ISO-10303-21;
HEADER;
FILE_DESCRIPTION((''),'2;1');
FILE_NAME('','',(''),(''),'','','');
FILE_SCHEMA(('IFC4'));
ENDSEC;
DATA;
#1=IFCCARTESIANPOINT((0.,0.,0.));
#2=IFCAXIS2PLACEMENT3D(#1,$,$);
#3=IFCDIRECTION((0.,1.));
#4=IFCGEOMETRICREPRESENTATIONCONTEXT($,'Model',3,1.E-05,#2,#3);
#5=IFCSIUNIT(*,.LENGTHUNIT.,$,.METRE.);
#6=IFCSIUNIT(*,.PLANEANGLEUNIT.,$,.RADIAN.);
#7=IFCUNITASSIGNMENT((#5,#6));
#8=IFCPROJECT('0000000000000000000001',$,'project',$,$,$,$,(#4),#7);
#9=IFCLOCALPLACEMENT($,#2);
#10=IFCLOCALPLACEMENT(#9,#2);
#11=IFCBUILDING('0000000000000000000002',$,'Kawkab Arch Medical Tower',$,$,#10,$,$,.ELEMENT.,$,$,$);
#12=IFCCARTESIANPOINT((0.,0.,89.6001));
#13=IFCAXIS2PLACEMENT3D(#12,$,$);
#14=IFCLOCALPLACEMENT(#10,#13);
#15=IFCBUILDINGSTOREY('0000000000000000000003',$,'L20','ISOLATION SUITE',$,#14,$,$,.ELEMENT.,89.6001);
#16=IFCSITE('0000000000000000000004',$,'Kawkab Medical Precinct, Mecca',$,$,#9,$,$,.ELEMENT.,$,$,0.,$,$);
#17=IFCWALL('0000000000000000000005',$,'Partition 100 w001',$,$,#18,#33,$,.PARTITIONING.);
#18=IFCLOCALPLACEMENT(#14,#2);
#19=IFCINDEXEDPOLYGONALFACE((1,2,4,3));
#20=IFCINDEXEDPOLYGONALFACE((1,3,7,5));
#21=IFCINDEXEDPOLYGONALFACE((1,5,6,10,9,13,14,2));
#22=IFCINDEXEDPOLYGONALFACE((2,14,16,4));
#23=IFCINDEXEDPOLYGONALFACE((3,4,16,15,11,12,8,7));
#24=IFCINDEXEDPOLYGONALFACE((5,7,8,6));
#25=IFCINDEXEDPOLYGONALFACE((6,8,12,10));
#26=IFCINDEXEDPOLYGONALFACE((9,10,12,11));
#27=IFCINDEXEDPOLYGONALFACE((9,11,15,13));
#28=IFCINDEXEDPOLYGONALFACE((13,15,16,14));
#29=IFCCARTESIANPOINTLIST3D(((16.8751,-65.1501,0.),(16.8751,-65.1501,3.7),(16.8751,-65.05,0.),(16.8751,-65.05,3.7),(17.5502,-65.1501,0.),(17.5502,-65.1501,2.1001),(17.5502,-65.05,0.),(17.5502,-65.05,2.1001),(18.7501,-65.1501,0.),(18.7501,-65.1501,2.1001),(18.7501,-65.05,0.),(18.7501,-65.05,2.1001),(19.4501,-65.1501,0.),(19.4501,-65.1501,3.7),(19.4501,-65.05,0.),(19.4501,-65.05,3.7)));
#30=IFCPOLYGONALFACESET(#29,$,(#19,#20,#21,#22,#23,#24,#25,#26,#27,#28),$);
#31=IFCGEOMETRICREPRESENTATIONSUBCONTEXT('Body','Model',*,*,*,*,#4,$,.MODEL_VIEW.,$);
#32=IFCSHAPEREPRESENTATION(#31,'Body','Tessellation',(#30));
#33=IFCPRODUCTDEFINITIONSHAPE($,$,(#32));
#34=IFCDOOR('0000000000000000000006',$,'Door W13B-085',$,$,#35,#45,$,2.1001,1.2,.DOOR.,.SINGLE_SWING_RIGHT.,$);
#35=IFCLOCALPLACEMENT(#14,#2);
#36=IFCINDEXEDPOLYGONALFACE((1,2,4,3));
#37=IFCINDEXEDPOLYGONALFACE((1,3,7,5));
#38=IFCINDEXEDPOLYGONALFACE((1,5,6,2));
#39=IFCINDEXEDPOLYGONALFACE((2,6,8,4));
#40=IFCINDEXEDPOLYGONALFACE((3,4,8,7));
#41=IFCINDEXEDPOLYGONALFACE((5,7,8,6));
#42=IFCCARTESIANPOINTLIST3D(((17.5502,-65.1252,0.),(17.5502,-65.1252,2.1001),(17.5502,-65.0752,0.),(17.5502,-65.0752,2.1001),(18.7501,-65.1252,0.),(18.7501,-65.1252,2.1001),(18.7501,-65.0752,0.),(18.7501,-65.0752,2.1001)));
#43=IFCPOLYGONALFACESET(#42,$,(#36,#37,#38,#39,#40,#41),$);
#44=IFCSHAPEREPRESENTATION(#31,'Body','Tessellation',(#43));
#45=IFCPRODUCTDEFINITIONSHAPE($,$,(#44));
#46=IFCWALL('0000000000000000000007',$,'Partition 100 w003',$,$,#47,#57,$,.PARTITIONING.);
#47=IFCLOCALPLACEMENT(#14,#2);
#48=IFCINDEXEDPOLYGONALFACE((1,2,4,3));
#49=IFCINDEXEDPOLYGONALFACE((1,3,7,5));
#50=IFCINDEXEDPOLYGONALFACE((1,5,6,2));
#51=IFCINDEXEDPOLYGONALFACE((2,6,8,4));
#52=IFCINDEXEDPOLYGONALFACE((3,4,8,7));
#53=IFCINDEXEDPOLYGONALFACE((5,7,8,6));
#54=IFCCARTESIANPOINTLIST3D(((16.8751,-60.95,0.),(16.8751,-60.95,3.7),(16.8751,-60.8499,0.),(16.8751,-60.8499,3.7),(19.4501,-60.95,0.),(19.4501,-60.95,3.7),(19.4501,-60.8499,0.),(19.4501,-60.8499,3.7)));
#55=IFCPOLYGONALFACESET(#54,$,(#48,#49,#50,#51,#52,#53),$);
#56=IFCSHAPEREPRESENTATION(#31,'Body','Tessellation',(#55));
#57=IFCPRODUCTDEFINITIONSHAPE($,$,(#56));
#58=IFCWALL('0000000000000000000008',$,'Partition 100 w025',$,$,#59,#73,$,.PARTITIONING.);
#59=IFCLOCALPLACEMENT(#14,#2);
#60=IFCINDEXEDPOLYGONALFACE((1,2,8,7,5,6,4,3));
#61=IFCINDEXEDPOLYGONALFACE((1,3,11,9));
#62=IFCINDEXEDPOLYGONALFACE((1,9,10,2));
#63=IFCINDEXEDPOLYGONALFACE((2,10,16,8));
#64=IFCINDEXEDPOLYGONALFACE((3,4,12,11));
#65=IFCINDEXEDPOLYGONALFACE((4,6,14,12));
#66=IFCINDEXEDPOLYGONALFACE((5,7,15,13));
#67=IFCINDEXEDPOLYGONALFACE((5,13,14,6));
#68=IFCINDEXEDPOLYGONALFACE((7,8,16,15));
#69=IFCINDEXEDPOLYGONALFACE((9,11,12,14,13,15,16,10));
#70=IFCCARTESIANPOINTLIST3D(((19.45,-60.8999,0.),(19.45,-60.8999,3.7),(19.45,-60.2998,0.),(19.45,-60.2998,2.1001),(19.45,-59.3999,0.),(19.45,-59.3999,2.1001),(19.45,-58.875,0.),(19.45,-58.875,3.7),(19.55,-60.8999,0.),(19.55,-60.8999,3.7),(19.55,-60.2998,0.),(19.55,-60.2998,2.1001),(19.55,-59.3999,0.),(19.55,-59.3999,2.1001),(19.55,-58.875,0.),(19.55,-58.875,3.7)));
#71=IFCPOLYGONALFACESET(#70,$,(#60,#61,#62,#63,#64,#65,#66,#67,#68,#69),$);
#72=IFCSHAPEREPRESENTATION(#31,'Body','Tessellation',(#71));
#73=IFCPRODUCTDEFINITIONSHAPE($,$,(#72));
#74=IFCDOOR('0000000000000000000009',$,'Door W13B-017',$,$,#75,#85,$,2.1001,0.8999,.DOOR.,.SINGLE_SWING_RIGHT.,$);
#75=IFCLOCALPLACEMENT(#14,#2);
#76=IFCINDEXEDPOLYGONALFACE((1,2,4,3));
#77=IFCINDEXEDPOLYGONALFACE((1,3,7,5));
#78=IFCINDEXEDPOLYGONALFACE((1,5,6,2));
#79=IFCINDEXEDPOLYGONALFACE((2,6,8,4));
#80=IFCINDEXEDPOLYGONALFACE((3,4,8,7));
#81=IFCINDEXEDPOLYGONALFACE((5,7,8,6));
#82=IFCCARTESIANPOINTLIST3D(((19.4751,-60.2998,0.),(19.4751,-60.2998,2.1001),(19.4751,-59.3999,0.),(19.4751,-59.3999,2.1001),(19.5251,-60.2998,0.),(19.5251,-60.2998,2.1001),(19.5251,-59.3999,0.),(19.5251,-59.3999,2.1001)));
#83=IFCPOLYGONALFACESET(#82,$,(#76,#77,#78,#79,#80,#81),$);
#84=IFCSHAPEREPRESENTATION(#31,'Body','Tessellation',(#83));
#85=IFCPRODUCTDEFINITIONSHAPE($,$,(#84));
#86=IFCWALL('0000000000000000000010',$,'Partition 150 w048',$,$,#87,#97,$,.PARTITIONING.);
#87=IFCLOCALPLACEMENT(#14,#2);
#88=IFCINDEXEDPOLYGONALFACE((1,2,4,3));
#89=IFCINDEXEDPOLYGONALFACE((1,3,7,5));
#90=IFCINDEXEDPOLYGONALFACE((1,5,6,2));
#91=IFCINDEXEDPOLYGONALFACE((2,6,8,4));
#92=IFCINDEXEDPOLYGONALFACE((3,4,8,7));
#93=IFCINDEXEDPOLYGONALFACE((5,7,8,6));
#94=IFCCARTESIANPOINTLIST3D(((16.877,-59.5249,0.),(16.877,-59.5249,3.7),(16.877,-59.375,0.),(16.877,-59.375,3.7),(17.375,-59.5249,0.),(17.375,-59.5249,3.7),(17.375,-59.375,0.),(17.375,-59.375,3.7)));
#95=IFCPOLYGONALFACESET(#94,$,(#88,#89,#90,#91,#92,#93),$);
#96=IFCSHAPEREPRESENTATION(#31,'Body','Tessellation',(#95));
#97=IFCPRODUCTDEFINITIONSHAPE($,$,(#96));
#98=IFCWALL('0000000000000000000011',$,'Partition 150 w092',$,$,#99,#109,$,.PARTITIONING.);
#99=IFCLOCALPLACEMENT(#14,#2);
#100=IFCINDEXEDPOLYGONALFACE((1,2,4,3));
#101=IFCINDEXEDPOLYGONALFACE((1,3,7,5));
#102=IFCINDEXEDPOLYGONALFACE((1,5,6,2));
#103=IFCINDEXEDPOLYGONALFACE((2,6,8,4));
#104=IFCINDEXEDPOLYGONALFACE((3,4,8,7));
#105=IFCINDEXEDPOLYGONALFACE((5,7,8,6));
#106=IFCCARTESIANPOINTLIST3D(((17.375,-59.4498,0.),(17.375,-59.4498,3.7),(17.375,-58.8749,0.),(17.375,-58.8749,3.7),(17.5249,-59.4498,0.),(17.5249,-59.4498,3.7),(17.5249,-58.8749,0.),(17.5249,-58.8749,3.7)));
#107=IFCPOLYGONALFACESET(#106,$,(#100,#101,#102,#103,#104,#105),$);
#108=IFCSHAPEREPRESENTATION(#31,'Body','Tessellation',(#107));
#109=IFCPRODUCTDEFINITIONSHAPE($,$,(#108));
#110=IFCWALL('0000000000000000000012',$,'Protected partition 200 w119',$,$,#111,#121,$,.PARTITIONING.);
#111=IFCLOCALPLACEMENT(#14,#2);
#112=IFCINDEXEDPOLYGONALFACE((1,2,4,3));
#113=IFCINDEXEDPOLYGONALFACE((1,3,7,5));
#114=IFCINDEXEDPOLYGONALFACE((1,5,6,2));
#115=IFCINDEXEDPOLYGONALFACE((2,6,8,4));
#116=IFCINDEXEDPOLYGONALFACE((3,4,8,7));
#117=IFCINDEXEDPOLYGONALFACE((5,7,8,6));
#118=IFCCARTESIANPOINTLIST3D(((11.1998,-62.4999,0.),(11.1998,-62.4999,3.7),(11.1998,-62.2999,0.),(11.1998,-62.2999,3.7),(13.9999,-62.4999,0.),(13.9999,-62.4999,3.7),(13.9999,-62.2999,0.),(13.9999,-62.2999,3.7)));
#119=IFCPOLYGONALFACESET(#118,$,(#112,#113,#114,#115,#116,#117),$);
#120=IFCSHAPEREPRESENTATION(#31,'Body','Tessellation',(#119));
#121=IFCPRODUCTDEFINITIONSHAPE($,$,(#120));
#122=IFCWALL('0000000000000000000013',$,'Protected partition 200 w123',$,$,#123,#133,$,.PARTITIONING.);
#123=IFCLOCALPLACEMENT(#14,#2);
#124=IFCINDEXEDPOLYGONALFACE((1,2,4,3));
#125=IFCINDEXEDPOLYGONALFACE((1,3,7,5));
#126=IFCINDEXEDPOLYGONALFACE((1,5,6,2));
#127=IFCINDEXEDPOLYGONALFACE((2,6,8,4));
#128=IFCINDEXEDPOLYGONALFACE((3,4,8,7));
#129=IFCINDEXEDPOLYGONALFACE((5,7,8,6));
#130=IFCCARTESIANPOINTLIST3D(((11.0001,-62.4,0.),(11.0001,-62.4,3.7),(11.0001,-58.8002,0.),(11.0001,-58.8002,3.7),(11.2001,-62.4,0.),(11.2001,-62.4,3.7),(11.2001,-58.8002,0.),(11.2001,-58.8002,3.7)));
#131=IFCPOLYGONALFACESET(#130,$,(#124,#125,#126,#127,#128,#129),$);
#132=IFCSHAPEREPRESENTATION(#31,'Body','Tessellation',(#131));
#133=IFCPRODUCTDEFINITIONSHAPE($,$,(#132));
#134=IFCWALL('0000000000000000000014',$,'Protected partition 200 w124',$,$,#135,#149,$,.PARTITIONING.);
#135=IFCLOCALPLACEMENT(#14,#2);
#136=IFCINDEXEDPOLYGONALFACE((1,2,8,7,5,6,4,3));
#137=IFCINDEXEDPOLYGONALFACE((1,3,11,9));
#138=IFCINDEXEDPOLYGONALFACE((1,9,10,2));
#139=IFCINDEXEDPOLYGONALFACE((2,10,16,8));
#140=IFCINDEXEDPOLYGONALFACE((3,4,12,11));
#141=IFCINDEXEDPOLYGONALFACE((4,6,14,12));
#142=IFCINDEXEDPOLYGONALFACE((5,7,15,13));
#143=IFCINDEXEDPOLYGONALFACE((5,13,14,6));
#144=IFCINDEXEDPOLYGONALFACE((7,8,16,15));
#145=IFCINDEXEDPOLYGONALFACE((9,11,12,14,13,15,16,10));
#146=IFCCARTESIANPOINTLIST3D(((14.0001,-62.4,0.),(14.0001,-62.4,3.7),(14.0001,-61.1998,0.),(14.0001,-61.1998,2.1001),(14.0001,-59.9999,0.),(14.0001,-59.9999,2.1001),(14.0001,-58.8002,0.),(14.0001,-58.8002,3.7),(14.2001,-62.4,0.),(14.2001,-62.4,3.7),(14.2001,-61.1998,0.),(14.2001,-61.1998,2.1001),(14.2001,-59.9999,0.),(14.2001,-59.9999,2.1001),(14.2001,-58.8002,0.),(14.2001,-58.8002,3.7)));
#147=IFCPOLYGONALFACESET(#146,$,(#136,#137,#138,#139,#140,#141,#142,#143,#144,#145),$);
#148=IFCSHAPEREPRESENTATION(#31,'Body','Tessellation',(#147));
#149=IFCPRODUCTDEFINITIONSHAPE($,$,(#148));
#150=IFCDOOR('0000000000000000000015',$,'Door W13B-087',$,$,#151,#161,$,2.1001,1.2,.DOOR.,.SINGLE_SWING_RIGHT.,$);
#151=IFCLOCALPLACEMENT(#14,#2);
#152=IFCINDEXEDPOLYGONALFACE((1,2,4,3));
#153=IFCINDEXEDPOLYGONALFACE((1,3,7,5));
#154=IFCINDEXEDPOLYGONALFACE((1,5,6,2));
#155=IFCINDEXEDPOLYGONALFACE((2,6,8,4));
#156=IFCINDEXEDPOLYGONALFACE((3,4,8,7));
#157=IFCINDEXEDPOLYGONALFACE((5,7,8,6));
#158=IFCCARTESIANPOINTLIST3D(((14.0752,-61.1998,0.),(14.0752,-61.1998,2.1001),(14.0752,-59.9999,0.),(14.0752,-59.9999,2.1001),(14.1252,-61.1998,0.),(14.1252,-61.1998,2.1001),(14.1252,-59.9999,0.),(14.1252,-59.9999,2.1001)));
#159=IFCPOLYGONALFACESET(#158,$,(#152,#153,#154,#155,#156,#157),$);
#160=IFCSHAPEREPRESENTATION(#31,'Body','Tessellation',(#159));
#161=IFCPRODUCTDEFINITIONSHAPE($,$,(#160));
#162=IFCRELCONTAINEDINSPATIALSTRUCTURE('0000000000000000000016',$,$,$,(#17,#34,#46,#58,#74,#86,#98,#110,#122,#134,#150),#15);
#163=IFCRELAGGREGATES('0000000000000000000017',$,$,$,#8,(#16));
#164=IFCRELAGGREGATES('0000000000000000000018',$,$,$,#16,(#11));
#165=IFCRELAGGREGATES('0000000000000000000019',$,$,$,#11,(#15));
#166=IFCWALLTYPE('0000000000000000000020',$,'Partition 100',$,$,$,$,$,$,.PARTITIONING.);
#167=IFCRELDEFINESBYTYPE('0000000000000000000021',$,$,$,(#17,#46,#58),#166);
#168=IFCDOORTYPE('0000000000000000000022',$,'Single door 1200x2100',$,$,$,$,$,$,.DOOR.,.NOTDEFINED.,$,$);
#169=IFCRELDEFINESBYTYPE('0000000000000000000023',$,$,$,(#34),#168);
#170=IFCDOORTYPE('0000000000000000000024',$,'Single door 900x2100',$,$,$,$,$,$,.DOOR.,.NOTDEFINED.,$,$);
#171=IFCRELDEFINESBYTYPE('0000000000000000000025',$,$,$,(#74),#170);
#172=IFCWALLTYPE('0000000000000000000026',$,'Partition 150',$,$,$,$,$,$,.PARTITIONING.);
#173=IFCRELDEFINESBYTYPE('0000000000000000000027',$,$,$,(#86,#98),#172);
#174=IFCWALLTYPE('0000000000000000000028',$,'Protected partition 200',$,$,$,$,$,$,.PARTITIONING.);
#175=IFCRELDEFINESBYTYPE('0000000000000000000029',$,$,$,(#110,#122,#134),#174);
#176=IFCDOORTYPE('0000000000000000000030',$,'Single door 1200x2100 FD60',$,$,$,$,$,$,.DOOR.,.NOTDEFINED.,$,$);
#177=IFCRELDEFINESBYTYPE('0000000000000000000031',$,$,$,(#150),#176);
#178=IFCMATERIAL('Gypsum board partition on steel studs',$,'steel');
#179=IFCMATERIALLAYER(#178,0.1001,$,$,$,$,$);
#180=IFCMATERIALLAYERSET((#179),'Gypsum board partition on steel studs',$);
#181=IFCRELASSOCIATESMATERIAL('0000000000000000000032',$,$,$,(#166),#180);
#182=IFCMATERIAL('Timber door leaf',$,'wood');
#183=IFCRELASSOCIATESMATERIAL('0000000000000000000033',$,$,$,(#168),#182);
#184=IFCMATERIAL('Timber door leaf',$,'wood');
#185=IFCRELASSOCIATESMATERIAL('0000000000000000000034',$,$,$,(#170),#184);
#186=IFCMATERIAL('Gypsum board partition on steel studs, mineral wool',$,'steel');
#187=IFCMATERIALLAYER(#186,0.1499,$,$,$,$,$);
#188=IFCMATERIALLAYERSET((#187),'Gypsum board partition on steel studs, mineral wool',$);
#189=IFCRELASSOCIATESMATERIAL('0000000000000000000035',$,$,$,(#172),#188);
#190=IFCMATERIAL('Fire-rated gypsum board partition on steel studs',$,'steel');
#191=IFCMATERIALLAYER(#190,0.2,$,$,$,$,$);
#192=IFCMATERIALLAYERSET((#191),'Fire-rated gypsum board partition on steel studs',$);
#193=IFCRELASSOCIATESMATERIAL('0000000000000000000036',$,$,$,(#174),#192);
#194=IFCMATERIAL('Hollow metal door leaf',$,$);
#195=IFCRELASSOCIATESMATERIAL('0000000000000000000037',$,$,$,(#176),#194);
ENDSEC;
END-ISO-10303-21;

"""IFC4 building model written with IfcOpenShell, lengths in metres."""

from ifc_helpers import new_model, si_unit, direction, frame, frame_2d, origin, place, context, subcontext, project, spatial, rectangle, extrude, material, layer, layer_set, type_object, element, fill, save


model = new_model("IFC4")

# Units and contexts
model_context = context("Model", 3, precision=1e-05, world=origin(), true_north=direction((0.0, 1.0)))
body_context = subcontext(model_context, "Body", "Model", "MODEL_VIEW")
ifc_project = project(units=[si_unit("LENGTHUNIT", "METRE"), si_unit("PLANEANGLEUNIT", "RADIAN")], contexts=[model_context])

# Site, building, storey
site_placement = place(None, origin())
site = spatial("IfcSite", under=ifc_project, at=site_placement, Name="Kawkab Medical Precinct, Mecca", CompositionType="ELEMENT", RefElevation=0.0)
building_placement = place(site_placement, origin())
building = spatial("IfcBuilding", under=site, at=building_placement, Name="Kawkab Arch Medical Tower", CompositionType="ELEMENT")
storey_placement = place(building_placement, frame((0.0, 0.0, 89.6001)))
storey = spatial("IfcBuildingStorey", under=building, at=storey_placement, Name="L20", Description="ISOLATION SUITE", CompositionType="ELEMENT", Elevation=89.6001)

# Wall, opening, door
ifc_material_1 = material(Name="Gypsum board partition on steel studs", Category="steel")
ifc_layer_1 = layer(ifc_material_1, 0.1001)
ifc_layer_set_1 = layer_set([ifc_layer_1], Name="Gypsum board partition on steel studs")
wall_type_1 = type_object("IfcWallType", Name="Partition 100", PredefinedType="PARTITIONING", material=ifc_layer_set_1)
wall_1_placement = place(storey_placement, frame((16.875, -65.1001, 0.0), z_axis=(0.0, 0.0, 1.0), x_axis=(1.0, 0.0, 0.0)))
wall_1 = element("IfcWall", 1, at=wall_1_placement, inside=storey, type_object=wall_type_1, Name="Partition 100 w001", PredefinedType="PARTITIONING", context=body_context, shape_type="SweptSolid", body=[
    extrude(rectangle(XDim=2.575, YDim=0.1001, at=frame_2d((1.2876, 0.0))), origin(), (0.0, 0.0, 1.0), 3.7),
])
opening_1_placement = place(wall_1_placement, frame((0.675, 0.0, 0.0)))
opening_1 = element("IfcOpeningElement", 2, at=opening_1_placement, cuts=wall_1, PredefinedType="OPENING", context=body_context, shape_type="SweptSolid", body=[
    extrude(rectangle(XDim=1.2, YDim=2.1001, at=frame_2d((0.6001, 1.05))), frame((0.0, 0.0601, 0.0), z_axis=(0.0, -1.0, 0.0), x_axis=(1.0, 0.0, 0.0)), (0.0, 0.0, 1.0), 0.1201),
])
ifc_material_2 = material(Name="Timber door leaf", Category="wood")
door_type_1 = type_object("IfcDoorType", Name="Single door 1200x2100", OperationType="NOTDEFINED", PredefinedType="DOOR", material=ifc_material_2)
door_1_placement = place(opening_1_placement, origin())
door_1 = element("IfcDoor", 3, at=door_1_placement, inside=storey, type_object=door_type_1, Name="Door W13B-085", OperationType="SINGLE_SWING_RIGHT", OverallHeight=2.1001, OverallWidth=1.2, PredefinedType="DOOR", context=body_context, shape_type="SweptSolid", body=[
    extrude(rectangle(XDim=1.2, YDim=2.1001, at=frame_2d((0.6001, 1.05))), frame((0.0, 0.0249, 0.0), z_axis=(0.0, -1.0, 0.0), x_axis=(1.0, 0.0, 0.0)), (0.0, 0.0, 1.0), 0.05),
])
fill(opening_1, door_1)

# Wall
wall_2_placement = place(storey_placement, frame((16.875, -60.8999, 0.0), z_axis=(0.0, 0.0, 1.0), x_axis=(1.0, 0.0, 0.0)))
element("IfcWall", 4, at=wall_2_placement, inside=storey, type_object=wall_type_1, Name="Partition 100 w003", PredefinedType="PARTITIONING", context=body_context, shape_type="SweptSolid", body=[
    extrude(rectangle(XDim=2.575, YDim=0.1001, at=frame_2d((1.2876, 0.0))), origin(), (0.0, 0.0, 1.0), 3.7),
])

# Wall, opening, door
wall_3_placement = place(storey_placement, frame((19.5, -60.8999, 0.0), z_axis=(0.0, 0.0, 1.0), x_axis=(0.0, 1.0, 0.0)))
wall_3 = element("IfcWall", 5, at=wall_3_placement, inside=storey, type_object=wall_type_1, Name="Partition 100 w025", PredefinedType="PARTITIONING", context=body_context, shape_type="SweptSolid", body=[
    extrude(rectangle(XDim=2.0249, YDim=0.1001, at=frame_2d((1.0125, 0.0))), origin(), (0.0, 0.0, 1.0), 3.7),
])
opening_2_placement = place(wall_3_placement, frame((0.6001, 0.0, 0.0)))
opening_2 = element("IfcOpeningElement", 6, at=opening_2_placement, cuts=wall_3, PredefinedType="OPENING", context=body_context, shape_type="SweptSolid", body=[
    extrude(rectangle(XDim=0.8999, YDim=2.1001, at=frame_2d((0.45, 1.05))), frame((0.0, 0.0601, 0.0), z_axis=(0.0, -1.0, 0.0), x_axis=(1.0, 0.0, 0.0)), (0.0, 0.0, 1.0), 0.1201),
])
ifc_material_3 = material(Name="Timber door leaf", Category="wood")
door_type_2 = type_object("IfcDoorType", Name="Single door 900x2100", OperationType="NOTDEFINED", PredefinedType="DOOR", material=ifc_material_3)
door_2_placement = place(opening_2_placement, origin())
door_2 = element("IfcDoor", 7, at=door_2_placement, inside=storey, type_object=door_type_2, Name="Door W13B-017", OperationType="SINGLE_SWING_RIGHT", OverallHeight=2.1001, OverallWidth=0.8999, PredefinedType="DOOR", context=body_context, shape_type="SweptSolid", body=[
    extrude(rectangle(XDim=0.8999, YDim=2.1001, at=frame_2d((0.45, 1.05))), frame((0.0, 0.0249, 0.0), z_axis=(0.0, -1.0, 0.0), x_axis=(1.0, 0.0, 0.0)), (0.0, 0.0, 1.0), 0.05),
])
fill(opening_2, door_2)

# Walls
ifc_material_4 = material(Name="Gypsum board partition on steel studs, mineral wool", Category="steel")
ifc_layer_2 = layer(ifc_material_4, 0.1499)
ifc_layer_set_2 = layer_set([ifc_layer_2], Name="Gypsum board partition on steel studs, mineral wool")
wall_type_2 = type_object("IfcWallType", Name="Partition 150", PredefinedType="PARTITIONING", material=ifc_layer_set_2)
wall_4_placement = place(storey_placement, frame((16.877, -59.45, 0.0), z_axis=(0.0, 0.0, 1.0), x_axis=(1.0, 0.0, 0.0)))
element("IfcWall", 8, at=wall_4_placement, inside=storey, type_object=wall_type_2, Name="Partition 150 w048", PredefinedType="PARTITIONING", context=body_context, shape_type="SweptSolid", body=[
    extrude(rectangle(XDim=0.498, YDim=0.1499, at=frame_2d((0.249, 0.0))), origin(), (0.0, 0.0, 1.0), 3.7),
])
wall_5_placement = place(storey_placement, frame((17.45, -59.45, 0.0), z_axis=(0.0, 0.0, 1.0), x_axis=(0.0, 1.0, 0.0)))
element("IfcWall", 9, at=wall_5_placement, inside=storey, type_object=wall_type_2, Name="Partition 150 w092", PredefinedType="PARTITIONING", context=body_context, shape_type="SweptSolid", body=[
    extrude(rectangle(XDim=0.575, YDim=0.1499, at=frame_2d((0.2876, 0.0))), origin(), (0.0, 0.0, 1.0), 3.7),
])
ifc_material_5 = material(Name="Fire-rated gypsum board partition on steel studs", Category="steel")
ifc_layer_3 = layer(ifc_material_5, 0.2)
ifc_layer_set_3 = layer_set([ifc_layer_3], Name="Fire-rated gypsum board partition on steel studs")
wall_type_3 = type_object("IfcWallType", Name="Protected partition 200", PredefinedType="PARTITIONING", material=ifc_layer_set_3)
wall_6_placement = place(storey_placement, frame((11.2, -62.3999, 0.0), z_axis=(0.0, 0.0, 1.0), x_axis=(1.0, 0.0, 0.0)))
element("IfcWall", 10, at=wall_6_placement, inside=storey, type_object=wall_type_3, Name="Protected partition 200 w119", PredefinedType="PARTITIONING", context=body_context, shape_type="SweptSolid", body=[
    extrude(rectangle(XDim=2.8, YDim=0.2, at=frame_2d((1.3999, 0.0))), origin(), (0.0, 0.0, 1.0), 3.7),
])
wall_7_placement = place(storey_placement, frame((11.1001, -62.3999, 0.0), z_axis=(0.0, 0.0, 1.0), x_axis=(0.0, 1.0, 0.0)))
element("IfcWall", 11, at=wall_7_placement, inside=storey, type_object=wall_type_3, Name="Protected partition 200 w123", PredefinedType="PARTITIONING", context=body_context, shape_type="SweptSolid", body=[
    extrude(rectangle(XDim=3.5999, YDim=0.2, at=frame_2d((1.7998, 0.0))), origin(), (0.0, 0.0, 1.0), 3.7),
])

# Wall, opening, door
wall_8_placement = place(storey_placement, frame((14.1001, -62.3999, 0.0), z_axis=(0.0, 0.0, 1.0), x_axis=(0.0, 1.0, 0.0)))
wall_8 = element("IfcWall", 12, at=wall_8_placement, inside=storey, type_object=wall_type_3, Name="Protected partition 200 w124", PredefinedType="PARTITIONING", context=body_context, shape_type="SweptSolid", body=[
    extrude(rectangle(XDim=3.5999, YDim=0.2, at=frame_2d((1.7998, 0.0))), origin(), (0.0, 0.0, 1.0), 3.7),
])
opening_3_placement = place(wall_8_placement, frame((1.2, 0.0, 0.0)))
opening_3 = element("IfcOpeningElement", 13, at=opening_3_placement, cuts=wall_8, PredefinedType="OPENING", context=body_context, shape_type="SweptSolid", body=[
    extrude(rectangle(XDim=1.2, YDim=2.1001, at=frame_2d((0.6001, 1.05))), frame((0.0, 0.1099, 0.0), z_axis=(0.0, -1.0, 0.0), x_axis=(1.0, 0.0, 0.0)), (0.0, 0.0, 1.0), 0.22),
])
ifc_material_6 = material(Name="Hollow metal door leaf")
door_type_3 = type_object("IfcDoorType", Name="Single door 1200x2100 FD60", OperationType="NOTDEFINED", PredefinedType="DOOR", material=ifc_material_6)
door_3_placement = place(opening_3_placement, origin())
door_3 = element("IfcDoor", 14, at=door_3_placement, inside=storey, type_object=door_type_3, Name="Door W13B-087", OperationType="SINGLE_SWING_RIGHT", OverallHeight=2.1001, OverallWidth=1.2, PredefinedType="DOOR", context=body_context, shape_type="SweptSolid", body=[
    extrude(rectangle(XDim=1.2, YDim=2.1001, at=frame_2d((0.6001, 1.05))), frame((0.0, 0.0249, 0.0), z_axis=(0.0, -1.0, 0.0), x_axis=(1.0, 0.0, 0.0)), (0.0, 0.0, 1.0), 0.05),
])
fill(opening_3, door_3)

save(model, "model.ifc")
